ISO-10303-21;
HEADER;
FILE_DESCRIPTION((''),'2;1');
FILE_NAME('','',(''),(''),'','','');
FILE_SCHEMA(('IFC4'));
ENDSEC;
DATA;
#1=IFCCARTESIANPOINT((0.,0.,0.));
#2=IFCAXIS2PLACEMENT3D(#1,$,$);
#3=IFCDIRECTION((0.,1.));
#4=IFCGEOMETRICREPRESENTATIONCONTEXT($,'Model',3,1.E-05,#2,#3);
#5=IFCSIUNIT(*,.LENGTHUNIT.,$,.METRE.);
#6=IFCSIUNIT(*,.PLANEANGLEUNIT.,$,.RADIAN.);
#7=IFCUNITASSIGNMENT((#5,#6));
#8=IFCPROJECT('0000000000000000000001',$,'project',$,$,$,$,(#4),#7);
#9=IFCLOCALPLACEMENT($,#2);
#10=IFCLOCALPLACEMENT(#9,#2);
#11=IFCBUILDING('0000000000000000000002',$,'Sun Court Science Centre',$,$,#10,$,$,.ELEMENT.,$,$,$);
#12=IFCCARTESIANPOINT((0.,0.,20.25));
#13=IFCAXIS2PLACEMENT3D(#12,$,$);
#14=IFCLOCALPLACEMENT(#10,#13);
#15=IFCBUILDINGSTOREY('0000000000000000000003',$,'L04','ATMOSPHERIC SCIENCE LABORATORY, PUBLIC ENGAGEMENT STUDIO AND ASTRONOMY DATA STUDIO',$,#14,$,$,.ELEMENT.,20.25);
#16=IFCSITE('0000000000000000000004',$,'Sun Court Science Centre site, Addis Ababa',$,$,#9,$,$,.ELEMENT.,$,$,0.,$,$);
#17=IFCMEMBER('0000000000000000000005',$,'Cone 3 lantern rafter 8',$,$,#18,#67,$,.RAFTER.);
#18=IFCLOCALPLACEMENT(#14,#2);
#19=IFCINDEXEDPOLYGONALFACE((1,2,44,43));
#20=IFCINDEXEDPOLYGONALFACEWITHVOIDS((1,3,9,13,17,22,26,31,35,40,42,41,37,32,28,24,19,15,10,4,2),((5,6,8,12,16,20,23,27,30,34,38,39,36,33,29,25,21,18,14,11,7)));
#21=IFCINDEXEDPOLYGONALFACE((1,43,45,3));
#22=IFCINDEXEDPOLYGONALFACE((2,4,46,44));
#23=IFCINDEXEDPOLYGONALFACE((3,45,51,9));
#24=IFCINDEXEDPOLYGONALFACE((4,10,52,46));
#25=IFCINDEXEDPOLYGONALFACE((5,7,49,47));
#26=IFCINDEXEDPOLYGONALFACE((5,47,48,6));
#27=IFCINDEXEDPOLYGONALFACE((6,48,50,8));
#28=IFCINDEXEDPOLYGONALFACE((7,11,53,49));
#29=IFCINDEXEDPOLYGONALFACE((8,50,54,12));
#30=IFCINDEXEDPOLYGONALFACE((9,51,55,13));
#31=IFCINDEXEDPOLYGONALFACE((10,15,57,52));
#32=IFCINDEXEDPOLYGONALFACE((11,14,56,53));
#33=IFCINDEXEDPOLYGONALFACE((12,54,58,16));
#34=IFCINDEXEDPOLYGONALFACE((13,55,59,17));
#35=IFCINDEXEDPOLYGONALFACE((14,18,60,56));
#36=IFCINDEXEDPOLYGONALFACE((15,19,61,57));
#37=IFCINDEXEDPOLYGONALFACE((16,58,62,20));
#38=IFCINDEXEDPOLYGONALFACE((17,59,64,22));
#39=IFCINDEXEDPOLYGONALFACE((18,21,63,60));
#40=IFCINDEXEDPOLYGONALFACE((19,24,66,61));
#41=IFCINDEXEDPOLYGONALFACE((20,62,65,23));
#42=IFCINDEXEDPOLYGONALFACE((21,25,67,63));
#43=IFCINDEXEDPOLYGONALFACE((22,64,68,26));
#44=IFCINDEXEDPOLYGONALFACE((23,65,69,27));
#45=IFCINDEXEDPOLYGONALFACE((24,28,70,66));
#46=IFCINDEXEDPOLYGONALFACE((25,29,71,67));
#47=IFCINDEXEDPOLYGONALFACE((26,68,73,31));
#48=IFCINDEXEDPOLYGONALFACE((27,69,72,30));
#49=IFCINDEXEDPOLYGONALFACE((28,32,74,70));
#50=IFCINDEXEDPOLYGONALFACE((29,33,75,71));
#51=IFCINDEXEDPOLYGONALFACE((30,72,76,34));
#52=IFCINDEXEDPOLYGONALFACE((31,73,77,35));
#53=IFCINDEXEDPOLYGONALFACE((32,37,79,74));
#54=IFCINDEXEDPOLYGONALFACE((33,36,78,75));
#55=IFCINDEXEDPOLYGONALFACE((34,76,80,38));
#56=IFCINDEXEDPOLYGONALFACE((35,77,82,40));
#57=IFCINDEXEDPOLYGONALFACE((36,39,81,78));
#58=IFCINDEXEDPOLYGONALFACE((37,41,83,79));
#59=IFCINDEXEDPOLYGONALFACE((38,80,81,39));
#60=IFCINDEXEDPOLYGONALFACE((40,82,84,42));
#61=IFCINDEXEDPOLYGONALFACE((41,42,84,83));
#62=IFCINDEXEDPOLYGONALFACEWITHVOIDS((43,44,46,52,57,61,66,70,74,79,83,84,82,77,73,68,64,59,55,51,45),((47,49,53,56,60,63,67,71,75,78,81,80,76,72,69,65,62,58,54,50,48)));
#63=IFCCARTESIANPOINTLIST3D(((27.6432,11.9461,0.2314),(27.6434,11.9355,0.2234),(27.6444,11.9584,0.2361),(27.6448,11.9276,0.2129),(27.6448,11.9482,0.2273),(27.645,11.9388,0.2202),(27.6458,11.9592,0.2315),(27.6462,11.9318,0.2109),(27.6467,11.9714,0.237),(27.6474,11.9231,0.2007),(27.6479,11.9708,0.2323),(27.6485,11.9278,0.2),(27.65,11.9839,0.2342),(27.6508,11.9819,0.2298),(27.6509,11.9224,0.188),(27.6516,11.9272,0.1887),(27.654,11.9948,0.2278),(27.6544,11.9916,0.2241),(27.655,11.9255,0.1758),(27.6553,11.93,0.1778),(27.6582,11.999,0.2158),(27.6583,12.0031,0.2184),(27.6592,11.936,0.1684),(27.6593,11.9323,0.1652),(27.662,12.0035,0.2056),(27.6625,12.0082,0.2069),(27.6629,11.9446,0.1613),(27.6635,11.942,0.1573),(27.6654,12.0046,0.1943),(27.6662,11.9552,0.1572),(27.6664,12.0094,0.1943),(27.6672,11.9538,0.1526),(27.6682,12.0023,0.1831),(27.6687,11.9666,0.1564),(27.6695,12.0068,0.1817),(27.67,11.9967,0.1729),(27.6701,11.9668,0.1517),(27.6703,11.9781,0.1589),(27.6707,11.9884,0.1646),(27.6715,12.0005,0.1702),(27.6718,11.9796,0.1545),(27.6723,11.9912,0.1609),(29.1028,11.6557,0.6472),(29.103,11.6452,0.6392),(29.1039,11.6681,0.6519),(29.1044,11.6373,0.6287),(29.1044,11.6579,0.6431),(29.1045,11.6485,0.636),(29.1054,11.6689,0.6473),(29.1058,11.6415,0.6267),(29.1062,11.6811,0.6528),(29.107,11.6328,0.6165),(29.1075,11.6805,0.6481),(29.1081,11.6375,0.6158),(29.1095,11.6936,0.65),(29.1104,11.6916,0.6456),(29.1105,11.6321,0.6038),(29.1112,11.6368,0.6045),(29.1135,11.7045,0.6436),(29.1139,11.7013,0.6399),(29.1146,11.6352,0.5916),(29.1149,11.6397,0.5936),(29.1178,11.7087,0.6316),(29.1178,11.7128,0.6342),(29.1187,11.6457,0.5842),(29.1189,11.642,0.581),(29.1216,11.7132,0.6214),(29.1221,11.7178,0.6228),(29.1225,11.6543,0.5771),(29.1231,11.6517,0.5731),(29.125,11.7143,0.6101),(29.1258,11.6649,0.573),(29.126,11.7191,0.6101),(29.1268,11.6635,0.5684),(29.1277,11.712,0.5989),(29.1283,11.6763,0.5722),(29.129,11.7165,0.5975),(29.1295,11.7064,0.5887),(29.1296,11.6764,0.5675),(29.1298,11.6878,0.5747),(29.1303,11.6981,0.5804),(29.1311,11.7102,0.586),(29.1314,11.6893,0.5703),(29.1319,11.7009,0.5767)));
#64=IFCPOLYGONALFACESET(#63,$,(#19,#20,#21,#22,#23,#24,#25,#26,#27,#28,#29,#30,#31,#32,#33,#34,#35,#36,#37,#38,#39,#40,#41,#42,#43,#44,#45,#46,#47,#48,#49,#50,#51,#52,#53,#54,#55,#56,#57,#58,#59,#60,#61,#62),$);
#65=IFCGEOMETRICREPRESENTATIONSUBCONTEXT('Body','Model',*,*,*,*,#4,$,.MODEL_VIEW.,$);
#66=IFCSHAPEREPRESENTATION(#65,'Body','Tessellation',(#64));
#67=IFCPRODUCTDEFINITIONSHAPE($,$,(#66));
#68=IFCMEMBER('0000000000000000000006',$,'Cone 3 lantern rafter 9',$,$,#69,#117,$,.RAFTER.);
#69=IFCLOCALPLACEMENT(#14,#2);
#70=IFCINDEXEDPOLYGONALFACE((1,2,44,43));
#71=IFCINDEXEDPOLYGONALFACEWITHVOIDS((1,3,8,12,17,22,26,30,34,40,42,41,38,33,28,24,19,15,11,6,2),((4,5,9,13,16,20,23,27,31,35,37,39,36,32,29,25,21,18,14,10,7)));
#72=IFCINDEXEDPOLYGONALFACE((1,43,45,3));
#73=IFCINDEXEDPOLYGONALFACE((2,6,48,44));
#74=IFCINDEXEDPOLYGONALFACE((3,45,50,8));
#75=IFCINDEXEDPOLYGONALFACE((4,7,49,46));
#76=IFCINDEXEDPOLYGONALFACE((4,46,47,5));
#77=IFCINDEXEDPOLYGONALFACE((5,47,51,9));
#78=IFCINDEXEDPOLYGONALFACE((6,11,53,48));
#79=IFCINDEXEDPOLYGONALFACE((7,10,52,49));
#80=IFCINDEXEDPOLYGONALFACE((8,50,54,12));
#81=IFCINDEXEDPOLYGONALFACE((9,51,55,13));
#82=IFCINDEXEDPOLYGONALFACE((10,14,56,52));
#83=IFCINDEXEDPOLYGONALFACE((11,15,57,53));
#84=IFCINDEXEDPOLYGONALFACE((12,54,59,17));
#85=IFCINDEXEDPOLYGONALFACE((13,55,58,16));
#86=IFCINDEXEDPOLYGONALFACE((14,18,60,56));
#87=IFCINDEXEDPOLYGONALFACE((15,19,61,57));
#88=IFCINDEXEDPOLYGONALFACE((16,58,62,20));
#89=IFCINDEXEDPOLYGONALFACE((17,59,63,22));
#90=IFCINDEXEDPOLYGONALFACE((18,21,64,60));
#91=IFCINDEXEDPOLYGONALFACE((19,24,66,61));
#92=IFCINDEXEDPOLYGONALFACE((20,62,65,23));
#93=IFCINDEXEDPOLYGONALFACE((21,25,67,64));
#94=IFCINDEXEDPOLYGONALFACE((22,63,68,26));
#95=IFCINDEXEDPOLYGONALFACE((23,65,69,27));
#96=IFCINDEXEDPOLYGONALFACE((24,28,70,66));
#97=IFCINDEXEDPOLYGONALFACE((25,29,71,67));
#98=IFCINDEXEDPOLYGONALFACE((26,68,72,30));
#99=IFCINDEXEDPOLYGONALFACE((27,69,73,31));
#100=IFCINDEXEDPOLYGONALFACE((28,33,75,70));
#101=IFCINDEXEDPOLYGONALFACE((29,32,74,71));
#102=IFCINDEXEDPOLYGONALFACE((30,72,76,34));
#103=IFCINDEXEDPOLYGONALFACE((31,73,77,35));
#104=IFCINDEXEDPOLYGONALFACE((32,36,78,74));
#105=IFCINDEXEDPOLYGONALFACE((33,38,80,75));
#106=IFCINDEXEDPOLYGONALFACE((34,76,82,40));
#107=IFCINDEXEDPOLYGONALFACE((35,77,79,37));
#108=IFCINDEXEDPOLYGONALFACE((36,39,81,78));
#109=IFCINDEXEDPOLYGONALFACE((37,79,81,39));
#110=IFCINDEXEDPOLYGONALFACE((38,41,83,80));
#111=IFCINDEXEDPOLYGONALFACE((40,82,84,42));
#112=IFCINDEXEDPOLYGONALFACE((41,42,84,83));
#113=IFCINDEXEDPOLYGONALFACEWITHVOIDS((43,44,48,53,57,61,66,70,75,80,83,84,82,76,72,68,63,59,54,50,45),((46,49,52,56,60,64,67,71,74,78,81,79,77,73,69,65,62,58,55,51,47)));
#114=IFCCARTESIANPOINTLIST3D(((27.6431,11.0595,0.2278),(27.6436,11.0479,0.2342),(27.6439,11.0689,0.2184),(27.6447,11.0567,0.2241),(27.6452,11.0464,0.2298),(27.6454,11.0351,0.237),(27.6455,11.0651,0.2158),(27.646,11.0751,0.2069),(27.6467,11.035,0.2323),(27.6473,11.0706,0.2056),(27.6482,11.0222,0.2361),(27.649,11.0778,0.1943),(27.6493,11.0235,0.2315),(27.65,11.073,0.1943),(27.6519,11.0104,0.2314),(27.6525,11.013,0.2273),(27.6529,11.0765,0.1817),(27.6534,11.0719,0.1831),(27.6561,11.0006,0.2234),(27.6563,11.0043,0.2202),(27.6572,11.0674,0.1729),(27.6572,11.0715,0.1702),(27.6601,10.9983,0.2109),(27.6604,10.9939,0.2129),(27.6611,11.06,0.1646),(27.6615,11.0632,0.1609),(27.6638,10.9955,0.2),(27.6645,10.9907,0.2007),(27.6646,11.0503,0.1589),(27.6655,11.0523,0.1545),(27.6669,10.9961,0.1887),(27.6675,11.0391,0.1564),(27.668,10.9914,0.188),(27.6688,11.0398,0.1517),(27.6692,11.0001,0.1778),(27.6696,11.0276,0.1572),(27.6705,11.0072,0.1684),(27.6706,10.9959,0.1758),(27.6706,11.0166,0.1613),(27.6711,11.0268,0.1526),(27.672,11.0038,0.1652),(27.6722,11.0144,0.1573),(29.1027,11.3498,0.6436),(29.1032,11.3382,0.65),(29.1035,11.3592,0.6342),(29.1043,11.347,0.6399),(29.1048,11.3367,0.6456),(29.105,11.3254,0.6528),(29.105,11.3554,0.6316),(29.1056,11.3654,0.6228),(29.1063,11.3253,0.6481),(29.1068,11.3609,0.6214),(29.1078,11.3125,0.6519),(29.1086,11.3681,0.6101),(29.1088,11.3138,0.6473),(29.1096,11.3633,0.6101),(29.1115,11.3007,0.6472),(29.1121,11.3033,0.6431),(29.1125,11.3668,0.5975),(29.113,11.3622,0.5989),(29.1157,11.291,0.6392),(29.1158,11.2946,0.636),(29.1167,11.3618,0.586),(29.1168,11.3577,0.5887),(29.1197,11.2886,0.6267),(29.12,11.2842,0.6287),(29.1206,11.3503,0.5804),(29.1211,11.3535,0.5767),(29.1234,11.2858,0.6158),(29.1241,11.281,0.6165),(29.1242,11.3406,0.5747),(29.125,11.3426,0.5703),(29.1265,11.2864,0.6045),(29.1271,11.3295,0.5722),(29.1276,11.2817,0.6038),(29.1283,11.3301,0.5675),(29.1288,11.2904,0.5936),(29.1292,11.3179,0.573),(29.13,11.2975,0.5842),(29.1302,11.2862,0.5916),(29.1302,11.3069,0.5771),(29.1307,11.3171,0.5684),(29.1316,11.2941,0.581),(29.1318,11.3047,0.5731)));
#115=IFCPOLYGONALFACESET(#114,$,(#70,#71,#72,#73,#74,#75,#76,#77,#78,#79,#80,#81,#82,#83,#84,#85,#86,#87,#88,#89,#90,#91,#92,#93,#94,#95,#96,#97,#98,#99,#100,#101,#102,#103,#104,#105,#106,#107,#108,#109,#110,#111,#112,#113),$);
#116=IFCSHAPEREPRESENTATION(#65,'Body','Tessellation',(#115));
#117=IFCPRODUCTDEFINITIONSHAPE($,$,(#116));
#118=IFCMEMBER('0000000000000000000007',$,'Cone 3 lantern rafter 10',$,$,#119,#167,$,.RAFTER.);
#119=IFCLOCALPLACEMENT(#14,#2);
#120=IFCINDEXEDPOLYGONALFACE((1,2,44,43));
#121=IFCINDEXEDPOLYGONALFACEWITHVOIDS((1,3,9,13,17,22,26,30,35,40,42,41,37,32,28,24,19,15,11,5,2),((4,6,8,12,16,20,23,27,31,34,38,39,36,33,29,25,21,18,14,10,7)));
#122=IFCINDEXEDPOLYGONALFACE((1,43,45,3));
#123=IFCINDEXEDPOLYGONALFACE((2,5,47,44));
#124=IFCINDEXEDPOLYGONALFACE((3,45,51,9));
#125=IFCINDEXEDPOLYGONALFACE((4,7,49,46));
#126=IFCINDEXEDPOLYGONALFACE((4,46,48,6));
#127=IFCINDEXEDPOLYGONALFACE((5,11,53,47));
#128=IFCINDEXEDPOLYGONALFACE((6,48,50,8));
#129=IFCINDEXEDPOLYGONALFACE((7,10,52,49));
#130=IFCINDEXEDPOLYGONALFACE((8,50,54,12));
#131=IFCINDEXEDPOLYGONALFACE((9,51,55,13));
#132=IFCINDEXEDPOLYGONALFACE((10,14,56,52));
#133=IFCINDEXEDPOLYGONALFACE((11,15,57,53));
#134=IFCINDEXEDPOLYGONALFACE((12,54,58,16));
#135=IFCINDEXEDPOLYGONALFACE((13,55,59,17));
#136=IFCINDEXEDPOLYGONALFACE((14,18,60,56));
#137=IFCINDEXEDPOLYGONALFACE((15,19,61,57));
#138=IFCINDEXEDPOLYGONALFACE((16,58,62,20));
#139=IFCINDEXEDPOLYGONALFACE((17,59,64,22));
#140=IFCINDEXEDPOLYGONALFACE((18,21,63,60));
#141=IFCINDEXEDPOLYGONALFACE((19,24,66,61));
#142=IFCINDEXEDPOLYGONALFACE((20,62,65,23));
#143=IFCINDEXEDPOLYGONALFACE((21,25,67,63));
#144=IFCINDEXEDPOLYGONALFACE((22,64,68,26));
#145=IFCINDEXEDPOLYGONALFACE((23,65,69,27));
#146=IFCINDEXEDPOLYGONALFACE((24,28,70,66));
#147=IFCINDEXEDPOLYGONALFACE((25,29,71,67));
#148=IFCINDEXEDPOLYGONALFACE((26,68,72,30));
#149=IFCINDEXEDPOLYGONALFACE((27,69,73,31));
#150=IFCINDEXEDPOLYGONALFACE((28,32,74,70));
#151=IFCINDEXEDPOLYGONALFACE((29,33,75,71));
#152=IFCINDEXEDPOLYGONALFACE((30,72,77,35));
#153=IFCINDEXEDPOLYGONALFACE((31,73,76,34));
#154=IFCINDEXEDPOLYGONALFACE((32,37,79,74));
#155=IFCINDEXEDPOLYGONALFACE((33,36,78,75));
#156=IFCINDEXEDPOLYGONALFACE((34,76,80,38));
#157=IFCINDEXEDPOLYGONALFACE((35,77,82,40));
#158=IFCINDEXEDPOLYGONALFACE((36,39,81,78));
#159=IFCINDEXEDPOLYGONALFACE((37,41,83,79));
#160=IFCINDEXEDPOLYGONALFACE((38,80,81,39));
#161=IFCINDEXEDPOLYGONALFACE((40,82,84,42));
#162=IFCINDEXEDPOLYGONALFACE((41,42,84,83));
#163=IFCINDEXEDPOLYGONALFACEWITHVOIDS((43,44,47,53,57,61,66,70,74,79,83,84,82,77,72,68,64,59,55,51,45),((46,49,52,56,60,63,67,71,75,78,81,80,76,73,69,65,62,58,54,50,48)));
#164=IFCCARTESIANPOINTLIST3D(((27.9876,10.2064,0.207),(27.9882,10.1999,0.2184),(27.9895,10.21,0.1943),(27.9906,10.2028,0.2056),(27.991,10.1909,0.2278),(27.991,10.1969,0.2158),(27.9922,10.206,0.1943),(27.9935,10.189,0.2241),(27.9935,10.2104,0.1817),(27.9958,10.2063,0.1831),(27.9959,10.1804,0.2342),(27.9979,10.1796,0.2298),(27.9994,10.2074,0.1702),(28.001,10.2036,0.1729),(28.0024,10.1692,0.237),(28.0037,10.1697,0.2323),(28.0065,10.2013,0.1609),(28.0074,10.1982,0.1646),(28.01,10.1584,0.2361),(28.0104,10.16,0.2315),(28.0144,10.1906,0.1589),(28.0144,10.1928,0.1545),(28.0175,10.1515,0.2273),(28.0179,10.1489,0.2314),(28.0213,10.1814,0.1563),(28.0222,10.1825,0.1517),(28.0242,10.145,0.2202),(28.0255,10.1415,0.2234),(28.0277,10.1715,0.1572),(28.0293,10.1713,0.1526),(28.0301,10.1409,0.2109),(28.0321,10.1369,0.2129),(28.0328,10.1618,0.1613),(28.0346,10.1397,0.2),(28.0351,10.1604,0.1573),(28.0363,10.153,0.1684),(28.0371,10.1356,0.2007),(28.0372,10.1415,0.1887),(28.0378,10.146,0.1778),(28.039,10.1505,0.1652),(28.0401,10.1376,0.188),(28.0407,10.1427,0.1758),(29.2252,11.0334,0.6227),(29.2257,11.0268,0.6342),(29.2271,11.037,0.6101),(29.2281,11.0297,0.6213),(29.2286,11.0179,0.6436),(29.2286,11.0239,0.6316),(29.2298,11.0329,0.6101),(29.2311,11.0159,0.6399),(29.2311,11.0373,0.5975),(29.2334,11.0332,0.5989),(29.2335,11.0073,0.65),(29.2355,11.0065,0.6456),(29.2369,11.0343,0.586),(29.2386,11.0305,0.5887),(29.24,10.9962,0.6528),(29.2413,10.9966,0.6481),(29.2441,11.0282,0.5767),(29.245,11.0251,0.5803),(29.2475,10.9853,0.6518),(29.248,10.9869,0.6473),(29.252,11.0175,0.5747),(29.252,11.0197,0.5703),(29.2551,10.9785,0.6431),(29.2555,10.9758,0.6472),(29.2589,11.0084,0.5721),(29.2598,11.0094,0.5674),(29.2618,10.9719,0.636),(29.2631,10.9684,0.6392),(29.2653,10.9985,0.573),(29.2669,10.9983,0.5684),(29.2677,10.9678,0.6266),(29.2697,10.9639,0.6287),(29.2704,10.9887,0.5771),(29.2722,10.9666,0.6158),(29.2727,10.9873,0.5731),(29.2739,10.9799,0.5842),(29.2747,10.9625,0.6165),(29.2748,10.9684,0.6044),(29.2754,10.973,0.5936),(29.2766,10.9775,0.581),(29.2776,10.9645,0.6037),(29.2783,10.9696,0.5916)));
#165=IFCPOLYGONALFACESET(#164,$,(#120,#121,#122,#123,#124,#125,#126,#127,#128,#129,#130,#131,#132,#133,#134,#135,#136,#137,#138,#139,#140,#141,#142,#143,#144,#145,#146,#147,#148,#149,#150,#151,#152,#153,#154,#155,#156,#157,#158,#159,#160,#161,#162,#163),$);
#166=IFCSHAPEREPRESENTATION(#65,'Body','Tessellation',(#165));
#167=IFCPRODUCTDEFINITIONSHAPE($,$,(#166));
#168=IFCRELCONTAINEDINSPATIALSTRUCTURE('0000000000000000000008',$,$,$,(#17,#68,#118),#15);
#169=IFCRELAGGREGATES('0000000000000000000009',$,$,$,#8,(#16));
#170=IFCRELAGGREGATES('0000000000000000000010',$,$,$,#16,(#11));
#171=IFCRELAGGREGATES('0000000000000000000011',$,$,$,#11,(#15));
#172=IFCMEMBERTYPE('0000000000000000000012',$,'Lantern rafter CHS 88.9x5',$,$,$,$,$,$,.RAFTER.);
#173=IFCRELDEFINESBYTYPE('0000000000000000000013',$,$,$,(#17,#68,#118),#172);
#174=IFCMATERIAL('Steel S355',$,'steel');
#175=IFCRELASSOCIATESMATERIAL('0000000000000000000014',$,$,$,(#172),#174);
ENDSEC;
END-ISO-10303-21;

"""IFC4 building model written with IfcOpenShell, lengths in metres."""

from ifc_helpers import new_model, si_unit, direction, frame, origin, origin_2d, place, context, subcontext, project, spatial, hollow_circle, extrude, material, material_profile, profile_set, type_object, element, save


model = new_model("IFC4")

# Units and contexts
model_context = context("Model", 3, precision=1e-05, world=origin(), true_north=direction((0.0, 1.0)))
body_context = subcontext(model_context, "Body", "Model", "MODEL_VIEW")
ifc_project = project(units=[si_unit("LENGTHUNIT", "METRE"), si_unit("PLANEANGLEUNIT", "RADIAN")], contexts=[model_context])

# Site, building, storey
site_placement = place(None, origin())
site = spatial("IfcSite", under=ifc_project, at=site_placement, Name="Sun Court Science Centre site, Addis Ababa", CompositionType="ELEMENT", RefElevation=0.0)
building_placement = place(site_placement, origin())
building = spatial("IfcBuilding", under=site, at=building_placement, Name="Sun Court Science Centre", CompositionType="ELEMENT")
storey_placement = place(building_placement, frame((0.0, 0.0, 20.25)))
storey = spatial("IfcBuildingStorey", under=building, at=storey_placement, Name="L04", Description="ATMOSPHERIC SCIENCE LABORATORY, PUBLIC ENGAGEMENT STUDIO AND ASTRONOMY DATA STUDIO", CompositionType="ELEMENT", Elevation=20.25)

# Members
ifc_material_1 = material(Name="Steel S355", Category="steel")
ifc_material_profile_1 = material_profile(ifc_material_1, hollow_circle(Radius=0.0444, WallThickness=0.0049, at=origin_2d()), Name="CHS 88.9x5")
ifc_profile_set_1 = profile_set([ifc_material_profile_1], Name="Steel S355")
member_type_1 = type_object("IfcMemberType", Name="Lantern rafter CHS 88.9x5", PredefinedType="RAFTER", material=ifc_profile_set_1)
for number, where, z_axis, x_axis, name in (
    (1, (27.6577, 11.9658, 0.1943), (0.94461, -0.187879, 0.269098), (0.195075, 0.980788, 0.0), "Cone 3 lantern rafter 8"),
    (2, (27.6577, 11.0342, 0.1943), (0.94461, 0.187879, 0.269098), (-0.195075, 0.980788, 0.0), "Cone 3 lantern rafter 9"),
):
    element("IfcMember", number, at=place(storey_placement, frame(where, z_axis=z_axis, x_axis=x_axis)), inside=storey, type_object=member_type_1, Name=name, PredefinedType="RAFTER", context=body_context, shape_type="SweptSolid", body=[
        extrude(hollow_circle(Radius=0.0444, WallThickness=0.0049, at=origin_2d()), origin(), (0.0, 0.0, 1.0), 1.5452),
    ])
for number, where, z_axis, x_axis, name in (
    (3, (28.0142, 10.1731, 0.1943), (0.800811, 0.535086, 0.269044), (-0.555571, 0.831469, 0.0), "Cone 3 lantern rafter 10"),
):
    element("IfcMember", number, at=place(storey_placement, frame(where, z_axis=z_axis, x_axis=x_axis)), inside=storey, type_object=member_type_1, Name=name, PredefinedType="RAFTER", context=body_context, shape_type="SweptSolid", body=[
        extrude(hollow_circle(Radius=0.0444, WallThickness=0.0049, at=origin_2d()), origin(), (0.0, 0.0, 1.0), 1.5454),
    ])

save(model, "model.ifc")
